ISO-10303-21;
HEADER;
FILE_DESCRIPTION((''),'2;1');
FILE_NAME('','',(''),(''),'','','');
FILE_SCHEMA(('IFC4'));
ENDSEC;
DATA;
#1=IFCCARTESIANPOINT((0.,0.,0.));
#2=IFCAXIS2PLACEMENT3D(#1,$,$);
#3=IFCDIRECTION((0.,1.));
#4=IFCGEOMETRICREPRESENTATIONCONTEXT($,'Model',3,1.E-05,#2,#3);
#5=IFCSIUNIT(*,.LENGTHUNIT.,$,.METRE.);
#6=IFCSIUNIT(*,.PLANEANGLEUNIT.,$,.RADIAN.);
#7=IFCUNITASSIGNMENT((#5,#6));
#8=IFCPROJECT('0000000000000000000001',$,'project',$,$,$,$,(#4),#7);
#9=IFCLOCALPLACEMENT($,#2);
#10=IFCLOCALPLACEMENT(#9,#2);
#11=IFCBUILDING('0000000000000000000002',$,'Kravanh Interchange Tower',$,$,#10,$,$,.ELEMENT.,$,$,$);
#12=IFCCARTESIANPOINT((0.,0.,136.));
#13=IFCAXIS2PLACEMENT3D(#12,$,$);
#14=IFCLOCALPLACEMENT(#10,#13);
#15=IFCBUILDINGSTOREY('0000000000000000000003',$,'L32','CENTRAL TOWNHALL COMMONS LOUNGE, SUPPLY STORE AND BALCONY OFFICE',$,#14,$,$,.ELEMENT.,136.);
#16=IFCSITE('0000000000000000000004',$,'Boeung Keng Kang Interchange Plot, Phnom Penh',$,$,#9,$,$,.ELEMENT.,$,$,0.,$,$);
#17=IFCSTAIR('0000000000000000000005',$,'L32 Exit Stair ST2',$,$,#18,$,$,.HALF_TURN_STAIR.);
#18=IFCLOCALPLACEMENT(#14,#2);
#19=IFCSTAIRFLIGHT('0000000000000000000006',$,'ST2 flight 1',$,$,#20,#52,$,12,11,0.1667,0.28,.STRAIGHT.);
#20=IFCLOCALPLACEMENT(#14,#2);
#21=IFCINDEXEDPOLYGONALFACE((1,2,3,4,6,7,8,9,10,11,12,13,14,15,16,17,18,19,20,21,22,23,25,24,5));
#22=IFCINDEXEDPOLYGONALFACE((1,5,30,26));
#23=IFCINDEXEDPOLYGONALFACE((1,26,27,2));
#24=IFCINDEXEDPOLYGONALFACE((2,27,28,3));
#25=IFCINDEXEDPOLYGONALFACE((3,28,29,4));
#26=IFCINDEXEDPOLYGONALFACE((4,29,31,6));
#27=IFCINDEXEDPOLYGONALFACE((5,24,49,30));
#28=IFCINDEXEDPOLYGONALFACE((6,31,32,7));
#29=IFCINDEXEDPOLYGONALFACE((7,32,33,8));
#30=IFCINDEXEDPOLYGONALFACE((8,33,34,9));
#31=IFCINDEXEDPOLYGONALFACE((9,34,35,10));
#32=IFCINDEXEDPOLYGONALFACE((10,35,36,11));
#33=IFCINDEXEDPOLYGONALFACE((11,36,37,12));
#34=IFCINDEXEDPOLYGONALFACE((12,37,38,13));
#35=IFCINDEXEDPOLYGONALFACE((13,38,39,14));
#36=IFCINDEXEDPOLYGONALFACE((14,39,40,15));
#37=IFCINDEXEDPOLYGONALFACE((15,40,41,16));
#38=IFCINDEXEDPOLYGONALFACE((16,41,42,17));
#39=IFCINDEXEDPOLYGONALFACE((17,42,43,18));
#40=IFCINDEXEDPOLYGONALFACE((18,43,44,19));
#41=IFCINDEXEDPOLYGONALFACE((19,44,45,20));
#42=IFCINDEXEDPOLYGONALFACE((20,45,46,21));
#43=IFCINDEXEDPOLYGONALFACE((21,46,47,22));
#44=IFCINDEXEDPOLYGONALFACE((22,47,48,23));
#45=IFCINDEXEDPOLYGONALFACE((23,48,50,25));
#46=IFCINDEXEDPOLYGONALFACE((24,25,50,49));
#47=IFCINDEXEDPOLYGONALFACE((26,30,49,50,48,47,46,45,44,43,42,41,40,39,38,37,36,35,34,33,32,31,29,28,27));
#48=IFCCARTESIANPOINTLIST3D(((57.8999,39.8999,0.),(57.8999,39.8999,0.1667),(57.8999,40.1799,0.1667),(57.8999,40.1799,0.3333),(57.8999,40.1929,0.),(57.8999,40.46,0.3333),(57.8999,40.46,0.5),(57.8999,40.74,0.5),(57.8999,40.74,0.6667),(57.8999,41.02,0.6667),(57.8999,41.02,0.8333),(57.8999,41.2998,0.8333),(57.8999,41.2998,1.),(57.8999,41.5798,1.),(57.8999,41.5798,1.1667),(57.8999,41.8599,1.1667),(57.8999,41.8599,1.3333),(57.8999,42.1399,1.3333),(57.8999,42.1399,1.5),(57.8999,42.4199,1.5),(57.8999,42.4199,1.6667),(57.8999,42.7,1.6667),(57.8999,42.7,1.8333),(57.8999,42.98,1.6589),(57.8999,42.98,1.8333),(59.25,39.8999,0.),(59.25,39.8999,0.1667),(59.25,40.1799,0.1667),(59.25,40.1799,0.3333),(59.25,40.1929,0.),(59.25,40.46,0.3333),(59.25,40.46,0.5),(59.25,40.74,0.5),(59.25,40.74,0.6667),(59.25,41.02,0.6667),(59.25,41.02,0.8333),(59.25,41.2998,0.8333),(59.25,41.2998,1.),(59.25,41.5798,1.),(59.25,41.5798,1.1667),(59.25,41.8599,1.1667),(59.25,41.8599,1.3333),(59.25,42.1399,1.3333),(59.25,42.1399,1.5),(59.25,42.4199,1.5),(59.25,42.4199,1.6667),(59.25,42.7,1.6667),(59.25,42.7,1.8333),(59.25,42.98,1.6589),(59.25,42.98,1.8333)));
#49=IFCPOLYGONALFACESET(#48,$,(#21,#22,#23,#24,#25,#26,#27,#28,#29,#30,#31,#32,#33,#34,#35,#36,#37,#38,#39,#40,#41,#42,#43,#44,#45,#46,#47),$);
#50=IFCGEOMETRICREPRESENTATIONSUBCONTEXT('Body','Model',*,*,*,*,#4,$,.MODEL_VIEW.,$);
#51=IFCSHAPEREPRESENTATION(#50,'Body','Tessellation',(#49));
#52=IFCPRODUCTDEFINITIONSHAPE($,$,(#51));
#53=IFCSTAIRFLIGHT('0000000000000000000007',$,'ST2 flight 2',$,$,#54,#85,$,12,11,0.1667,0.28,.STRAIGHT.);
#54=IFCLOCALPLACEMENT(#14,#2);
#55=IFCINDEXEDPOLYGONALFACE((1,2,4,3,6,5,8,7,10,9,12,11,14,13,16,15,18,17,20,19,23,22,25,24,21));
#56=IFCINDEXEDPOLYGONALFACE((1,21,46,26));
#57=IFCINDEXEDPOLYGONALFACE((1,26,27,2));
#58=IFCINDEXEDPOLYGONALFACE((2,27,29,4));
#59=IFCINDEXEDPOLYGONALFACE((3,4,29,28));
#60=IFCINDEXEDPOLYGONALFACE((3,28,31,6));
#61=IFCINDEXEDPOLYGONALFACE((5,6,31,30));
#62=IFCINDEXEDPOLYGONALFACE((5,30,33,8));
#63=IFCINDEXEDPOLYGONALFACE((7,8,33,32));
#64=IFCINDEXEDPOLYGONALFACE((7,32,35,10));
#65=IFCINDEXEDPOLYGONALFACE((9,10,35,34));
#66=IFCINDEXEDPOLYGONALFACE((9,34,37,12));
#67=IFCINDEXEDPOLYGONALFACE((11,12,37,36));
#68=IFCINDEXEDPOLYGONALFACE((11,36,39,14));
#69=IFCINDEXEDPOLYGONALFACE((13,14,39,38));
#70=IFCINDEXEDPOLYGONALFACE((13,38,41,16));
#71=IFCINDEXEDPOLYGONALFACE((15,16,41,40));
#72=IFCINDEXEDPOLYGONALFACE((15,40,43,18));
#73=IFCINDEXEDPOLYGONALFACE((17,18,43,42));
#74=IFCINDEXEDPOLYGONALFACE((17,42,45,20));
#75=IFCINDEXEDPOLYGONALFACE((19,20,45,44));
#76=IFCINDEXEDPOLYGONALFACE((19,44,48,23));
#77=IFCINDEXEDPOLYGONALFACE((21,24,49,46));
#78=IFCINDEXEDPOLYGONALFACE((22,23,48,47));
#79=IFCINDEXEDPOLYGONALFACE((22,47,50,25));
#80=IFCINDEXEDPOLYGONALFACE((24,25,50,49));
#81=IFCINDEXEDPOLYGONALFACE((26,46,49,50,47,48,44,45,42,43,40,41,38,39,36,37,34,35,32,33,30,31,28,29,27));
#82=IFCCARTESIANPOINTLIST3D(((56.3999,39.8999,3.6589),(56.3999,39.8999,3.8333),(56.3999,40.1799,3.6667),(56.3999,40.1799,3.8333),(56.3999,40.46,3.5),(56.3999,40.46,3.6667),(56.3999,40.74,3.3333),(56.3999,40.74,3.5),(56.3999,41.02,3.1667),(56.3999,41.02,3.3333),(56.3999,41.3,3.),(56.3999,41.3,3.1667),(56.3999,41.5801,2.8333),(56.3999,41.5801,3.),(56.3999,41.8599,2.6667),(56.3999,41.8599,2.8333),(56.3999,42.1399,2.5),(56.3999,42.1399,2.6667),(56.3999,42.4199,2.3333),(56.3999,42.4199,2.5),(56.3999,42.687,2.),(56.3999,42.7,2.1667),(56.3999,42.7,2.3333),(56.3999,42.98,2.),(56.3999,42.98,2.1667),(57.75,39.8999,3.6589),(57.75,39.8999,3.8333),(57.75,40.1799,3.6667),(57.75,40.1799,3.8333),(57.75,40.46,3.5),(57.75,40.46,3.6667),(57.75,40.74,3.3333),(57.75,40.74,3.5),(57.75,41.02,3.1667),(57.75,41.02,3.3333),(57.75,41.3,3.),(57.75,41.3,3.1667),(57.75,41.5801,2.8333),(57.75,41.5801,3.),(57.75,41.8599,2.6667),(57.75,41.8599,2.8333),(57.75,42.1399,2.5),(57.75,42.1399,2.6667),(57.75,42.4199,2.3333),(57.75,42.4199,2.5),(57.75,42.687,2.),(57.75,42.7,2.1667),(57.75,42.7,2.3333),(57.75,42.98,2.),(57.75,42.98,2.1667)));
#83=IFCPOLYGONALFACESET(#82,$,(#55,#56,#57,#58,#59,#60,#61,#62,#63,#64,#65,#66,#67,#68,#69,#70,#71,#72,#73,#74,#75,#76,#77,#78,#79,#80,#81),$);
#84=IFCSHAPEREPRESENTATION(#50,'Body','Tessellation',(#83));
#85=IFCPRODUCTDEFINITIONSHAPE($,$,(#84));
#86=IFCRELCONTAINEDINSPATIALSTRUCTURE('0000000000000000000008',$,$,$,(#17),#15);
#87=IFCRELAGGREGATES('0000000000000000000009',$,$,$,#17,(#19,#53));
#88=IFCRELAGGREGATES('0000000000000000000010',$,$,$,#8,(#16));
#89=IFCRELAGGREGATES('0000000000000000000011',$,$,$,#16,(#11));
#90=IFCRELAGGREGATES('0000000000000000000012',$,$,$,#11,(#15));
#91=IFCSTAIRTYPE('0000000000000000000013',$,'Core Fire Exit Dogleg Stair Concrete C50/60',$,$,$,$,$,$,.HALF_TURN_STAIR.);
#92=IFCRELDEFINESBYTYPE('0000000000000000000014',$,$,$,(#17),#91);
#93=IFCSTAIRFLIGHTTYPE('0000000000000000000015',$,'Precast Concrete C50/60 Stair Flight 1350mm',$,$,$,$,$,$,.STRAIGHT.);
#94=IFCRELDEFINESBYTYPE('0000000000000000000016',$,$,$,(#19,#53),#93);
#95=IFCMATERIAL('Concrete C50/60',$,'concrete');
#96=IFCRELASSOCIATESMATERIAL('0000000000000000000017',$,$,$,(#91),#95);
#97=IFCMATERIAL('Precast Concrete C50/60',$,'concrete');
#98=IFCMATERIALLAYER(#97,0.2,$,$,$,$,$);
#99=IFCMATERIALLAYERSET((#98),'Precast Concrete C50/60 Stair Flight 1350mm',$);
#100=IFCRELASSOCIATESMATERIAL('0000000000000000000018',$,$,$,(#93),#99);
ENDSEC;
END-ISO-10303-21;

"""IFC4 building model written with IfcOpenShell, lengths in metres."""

from ifc_helpers import new_model, si_unit, direction, frame, origin, place, context, subcontext, project, spatial, polyline, outline, extrude, material, layer, layer_set, type_object, element, aggregate, save


model = new_model("IFC4")

# Units and contexts
model_context = context("Model", 3, precision=1e-05, world=origin(), true_north=direction((0.0, 1.0)))
body_context = subcontext(model_context, "Body", "Model", "MODEL_VIEW")
ifc_project = project(units=[si_unit("LENGTHUNIT", "METRE"), si_unit("PLANEANGLEUNIT", "RADIAN")], contexts=[model_context])

# Site, building, storey
site_placement = place(None, origin())
site = spatial("IfcSite", under=ifc_project, at=site_placement, Name="Boeung Keng Kang Interchange Plot, Phnom Penh", CompositionType="ELEMENT", RefElevation=0.0)
building_placement = place(site_placement, origin())
building = spatial("IfcBuilding", under=site, at=building_placement, Name="Kravanh Interchange Tower", CompositionType="ELEMENT")
storey_placement = place(building_placement, frame((0.0, 0.0, 136.0)))
storey = spatial("IfcBuildingStorey", under=building, at=storey_placement, Name="L32", Description="CENTRAL TOWNHALL COMMONS LOUNGE, SUPPLY STORE AND BALCONY OFFICE", CompositionType="ELEMENT", Elevation=136.0)

# Stair, stair flights
ifc_material_1 = material(Name="Concrete C50/60", Category="concrete")
stair_type = type_object("IfcStairType", Name="Core Fire Exit Dogleg Stair Concrete C50/60", PredefinedType="HALF_TURN_STAIR", material=ifc_material_1)
ifc_material_2 = material(Name="Precast Concrete C50/60", Category="concrete")
ifc_layer_1 = layer(ifc_material_2, 0.2)
ifc_layer_set_1 = layer_set([ifc_layer_1], Name="Precast Concrete C50/60 Stair Flight 1350mm")
stair_flight_type = type_object("IfcStairFlightType", Name="Precast Concrete C50/60 Stair Flight 1350mm", PredefinedType="STRAIGHT", material=ifc_layer_set_1)
stair_1_placement = place(storey_placement, origin())
stair_1 = element("IfcStair", 1, at=stair_1_placement, inside=storey, type_object=stair_type, Name="L32 Exit Stair ST2", PredefinedType="HALF_TURN_STAIR")
stair_flight_1_placement = place(storey_placement, frame((58.575, 39.8999, 0.0), z_axis=(0.0, 0.0, 1.0), x_axis=(0.0, 1.0, 0.0)))
stair_flight_1 = element("IfcStairFlight", 2, at=stair_flight_1_placement, type_object=stair_flight_type, Name="ST2 flight 1", NumberOfRisers=12, NumberOfTreads=11, PredefinedType="STRAIGHT", RiserHeight=0.1667, TreadLength=0.28, context=body_context, shape_type="SweptSolid", body=[
    extrude(outline(polyline([(0.0, 0.0), (0.0, 0.1667), (0.28, 0.1667), (0.28, 0.3333), (0.5601, 0.3333), (0.5601, 0.5), (0.8401, 0.5), (0.8401, 0.6667), (1.1201, 0.6667), (1.1201, 0.8333), (1.3999, 0.8333), (1.3999, 1.0), (1.6799, 1.0), (1.6799, 1.1667), (1.96, 1.1667), (1.96, 1.3333), (2.24, 1.3333), (2.24, 1.5), (2.52, 1.5), (2.52, 1.6667), (2.8, 1.6667), (2.8, 1.8333), (3.0801, 1.8333), (3.0801, 2.0), (3.0801, 1.6589), (0.293, 0.0), (0.0, 0.0)])), frame((0.0, 0.675, 0.0), z_axis=(0.0, -1.0, 0.0), x_axis=(1.0, 0.0, 0.0)), (0.0, 0.0, 1.0), 1.3501),
])
stair_flight_2_placement = place(storey_placement, frame((57.075, 42.98, 2.0), z_axis=(0.0, 0.0, 1.0), x_axis=(0.0, -1.0, 0.0)))
stair_flight_2 = element("IfcStairFlight", 3, at=stair_flight_2_placement, type_object=stair_flight_type, Name="ST2 flight 2", NumberOfRisers=12, NumberOfTreads=11, PredefinedType="STRAIGHT", RiserHeight=0.1667, TreadLength=0.28, context=body_context, shape_type="SweptSolid", body=[
    extrude(outline(polyline([(0.0, 0.0), (0.0, 0.1667), (0.28, 0.1667), (0.28, 0.3333), (0.5601, 0.3333), (0.5601, 0.5), (0.8401, 0.5), (0.8401, 0.6667), (1.1201, 0.6667), (1.1201, 0.8333), (1.3999, 0.8333), (1.3999, 1.0), (1.6799, 1.0), (1.6799, 1.1667), (1.96, 1.1667), (1.96, 1.3333), (2.24, 1.3333), (2.24, 1.5), (2.52, 1.5), (2.52, 1.6667), (2.8, 1.6667), (2.8, 1.8333), (3.0801, 1.8333), (3.0801, 2.0), (3.0801, 1.6589), (0.293, 0.0), (0.0, 0.0)])), frame((0.0, 0.675, 0.0), z_axis=(0.0, -1.0, 0.0), x_axis=(1.0, 0.0, 0.0)), (0.0, 0.0, 1.0), 1.3501),
])
aggregate(stair_1, [stair_flight_1, stair_flight_2])

save(model, "model.ifc")
